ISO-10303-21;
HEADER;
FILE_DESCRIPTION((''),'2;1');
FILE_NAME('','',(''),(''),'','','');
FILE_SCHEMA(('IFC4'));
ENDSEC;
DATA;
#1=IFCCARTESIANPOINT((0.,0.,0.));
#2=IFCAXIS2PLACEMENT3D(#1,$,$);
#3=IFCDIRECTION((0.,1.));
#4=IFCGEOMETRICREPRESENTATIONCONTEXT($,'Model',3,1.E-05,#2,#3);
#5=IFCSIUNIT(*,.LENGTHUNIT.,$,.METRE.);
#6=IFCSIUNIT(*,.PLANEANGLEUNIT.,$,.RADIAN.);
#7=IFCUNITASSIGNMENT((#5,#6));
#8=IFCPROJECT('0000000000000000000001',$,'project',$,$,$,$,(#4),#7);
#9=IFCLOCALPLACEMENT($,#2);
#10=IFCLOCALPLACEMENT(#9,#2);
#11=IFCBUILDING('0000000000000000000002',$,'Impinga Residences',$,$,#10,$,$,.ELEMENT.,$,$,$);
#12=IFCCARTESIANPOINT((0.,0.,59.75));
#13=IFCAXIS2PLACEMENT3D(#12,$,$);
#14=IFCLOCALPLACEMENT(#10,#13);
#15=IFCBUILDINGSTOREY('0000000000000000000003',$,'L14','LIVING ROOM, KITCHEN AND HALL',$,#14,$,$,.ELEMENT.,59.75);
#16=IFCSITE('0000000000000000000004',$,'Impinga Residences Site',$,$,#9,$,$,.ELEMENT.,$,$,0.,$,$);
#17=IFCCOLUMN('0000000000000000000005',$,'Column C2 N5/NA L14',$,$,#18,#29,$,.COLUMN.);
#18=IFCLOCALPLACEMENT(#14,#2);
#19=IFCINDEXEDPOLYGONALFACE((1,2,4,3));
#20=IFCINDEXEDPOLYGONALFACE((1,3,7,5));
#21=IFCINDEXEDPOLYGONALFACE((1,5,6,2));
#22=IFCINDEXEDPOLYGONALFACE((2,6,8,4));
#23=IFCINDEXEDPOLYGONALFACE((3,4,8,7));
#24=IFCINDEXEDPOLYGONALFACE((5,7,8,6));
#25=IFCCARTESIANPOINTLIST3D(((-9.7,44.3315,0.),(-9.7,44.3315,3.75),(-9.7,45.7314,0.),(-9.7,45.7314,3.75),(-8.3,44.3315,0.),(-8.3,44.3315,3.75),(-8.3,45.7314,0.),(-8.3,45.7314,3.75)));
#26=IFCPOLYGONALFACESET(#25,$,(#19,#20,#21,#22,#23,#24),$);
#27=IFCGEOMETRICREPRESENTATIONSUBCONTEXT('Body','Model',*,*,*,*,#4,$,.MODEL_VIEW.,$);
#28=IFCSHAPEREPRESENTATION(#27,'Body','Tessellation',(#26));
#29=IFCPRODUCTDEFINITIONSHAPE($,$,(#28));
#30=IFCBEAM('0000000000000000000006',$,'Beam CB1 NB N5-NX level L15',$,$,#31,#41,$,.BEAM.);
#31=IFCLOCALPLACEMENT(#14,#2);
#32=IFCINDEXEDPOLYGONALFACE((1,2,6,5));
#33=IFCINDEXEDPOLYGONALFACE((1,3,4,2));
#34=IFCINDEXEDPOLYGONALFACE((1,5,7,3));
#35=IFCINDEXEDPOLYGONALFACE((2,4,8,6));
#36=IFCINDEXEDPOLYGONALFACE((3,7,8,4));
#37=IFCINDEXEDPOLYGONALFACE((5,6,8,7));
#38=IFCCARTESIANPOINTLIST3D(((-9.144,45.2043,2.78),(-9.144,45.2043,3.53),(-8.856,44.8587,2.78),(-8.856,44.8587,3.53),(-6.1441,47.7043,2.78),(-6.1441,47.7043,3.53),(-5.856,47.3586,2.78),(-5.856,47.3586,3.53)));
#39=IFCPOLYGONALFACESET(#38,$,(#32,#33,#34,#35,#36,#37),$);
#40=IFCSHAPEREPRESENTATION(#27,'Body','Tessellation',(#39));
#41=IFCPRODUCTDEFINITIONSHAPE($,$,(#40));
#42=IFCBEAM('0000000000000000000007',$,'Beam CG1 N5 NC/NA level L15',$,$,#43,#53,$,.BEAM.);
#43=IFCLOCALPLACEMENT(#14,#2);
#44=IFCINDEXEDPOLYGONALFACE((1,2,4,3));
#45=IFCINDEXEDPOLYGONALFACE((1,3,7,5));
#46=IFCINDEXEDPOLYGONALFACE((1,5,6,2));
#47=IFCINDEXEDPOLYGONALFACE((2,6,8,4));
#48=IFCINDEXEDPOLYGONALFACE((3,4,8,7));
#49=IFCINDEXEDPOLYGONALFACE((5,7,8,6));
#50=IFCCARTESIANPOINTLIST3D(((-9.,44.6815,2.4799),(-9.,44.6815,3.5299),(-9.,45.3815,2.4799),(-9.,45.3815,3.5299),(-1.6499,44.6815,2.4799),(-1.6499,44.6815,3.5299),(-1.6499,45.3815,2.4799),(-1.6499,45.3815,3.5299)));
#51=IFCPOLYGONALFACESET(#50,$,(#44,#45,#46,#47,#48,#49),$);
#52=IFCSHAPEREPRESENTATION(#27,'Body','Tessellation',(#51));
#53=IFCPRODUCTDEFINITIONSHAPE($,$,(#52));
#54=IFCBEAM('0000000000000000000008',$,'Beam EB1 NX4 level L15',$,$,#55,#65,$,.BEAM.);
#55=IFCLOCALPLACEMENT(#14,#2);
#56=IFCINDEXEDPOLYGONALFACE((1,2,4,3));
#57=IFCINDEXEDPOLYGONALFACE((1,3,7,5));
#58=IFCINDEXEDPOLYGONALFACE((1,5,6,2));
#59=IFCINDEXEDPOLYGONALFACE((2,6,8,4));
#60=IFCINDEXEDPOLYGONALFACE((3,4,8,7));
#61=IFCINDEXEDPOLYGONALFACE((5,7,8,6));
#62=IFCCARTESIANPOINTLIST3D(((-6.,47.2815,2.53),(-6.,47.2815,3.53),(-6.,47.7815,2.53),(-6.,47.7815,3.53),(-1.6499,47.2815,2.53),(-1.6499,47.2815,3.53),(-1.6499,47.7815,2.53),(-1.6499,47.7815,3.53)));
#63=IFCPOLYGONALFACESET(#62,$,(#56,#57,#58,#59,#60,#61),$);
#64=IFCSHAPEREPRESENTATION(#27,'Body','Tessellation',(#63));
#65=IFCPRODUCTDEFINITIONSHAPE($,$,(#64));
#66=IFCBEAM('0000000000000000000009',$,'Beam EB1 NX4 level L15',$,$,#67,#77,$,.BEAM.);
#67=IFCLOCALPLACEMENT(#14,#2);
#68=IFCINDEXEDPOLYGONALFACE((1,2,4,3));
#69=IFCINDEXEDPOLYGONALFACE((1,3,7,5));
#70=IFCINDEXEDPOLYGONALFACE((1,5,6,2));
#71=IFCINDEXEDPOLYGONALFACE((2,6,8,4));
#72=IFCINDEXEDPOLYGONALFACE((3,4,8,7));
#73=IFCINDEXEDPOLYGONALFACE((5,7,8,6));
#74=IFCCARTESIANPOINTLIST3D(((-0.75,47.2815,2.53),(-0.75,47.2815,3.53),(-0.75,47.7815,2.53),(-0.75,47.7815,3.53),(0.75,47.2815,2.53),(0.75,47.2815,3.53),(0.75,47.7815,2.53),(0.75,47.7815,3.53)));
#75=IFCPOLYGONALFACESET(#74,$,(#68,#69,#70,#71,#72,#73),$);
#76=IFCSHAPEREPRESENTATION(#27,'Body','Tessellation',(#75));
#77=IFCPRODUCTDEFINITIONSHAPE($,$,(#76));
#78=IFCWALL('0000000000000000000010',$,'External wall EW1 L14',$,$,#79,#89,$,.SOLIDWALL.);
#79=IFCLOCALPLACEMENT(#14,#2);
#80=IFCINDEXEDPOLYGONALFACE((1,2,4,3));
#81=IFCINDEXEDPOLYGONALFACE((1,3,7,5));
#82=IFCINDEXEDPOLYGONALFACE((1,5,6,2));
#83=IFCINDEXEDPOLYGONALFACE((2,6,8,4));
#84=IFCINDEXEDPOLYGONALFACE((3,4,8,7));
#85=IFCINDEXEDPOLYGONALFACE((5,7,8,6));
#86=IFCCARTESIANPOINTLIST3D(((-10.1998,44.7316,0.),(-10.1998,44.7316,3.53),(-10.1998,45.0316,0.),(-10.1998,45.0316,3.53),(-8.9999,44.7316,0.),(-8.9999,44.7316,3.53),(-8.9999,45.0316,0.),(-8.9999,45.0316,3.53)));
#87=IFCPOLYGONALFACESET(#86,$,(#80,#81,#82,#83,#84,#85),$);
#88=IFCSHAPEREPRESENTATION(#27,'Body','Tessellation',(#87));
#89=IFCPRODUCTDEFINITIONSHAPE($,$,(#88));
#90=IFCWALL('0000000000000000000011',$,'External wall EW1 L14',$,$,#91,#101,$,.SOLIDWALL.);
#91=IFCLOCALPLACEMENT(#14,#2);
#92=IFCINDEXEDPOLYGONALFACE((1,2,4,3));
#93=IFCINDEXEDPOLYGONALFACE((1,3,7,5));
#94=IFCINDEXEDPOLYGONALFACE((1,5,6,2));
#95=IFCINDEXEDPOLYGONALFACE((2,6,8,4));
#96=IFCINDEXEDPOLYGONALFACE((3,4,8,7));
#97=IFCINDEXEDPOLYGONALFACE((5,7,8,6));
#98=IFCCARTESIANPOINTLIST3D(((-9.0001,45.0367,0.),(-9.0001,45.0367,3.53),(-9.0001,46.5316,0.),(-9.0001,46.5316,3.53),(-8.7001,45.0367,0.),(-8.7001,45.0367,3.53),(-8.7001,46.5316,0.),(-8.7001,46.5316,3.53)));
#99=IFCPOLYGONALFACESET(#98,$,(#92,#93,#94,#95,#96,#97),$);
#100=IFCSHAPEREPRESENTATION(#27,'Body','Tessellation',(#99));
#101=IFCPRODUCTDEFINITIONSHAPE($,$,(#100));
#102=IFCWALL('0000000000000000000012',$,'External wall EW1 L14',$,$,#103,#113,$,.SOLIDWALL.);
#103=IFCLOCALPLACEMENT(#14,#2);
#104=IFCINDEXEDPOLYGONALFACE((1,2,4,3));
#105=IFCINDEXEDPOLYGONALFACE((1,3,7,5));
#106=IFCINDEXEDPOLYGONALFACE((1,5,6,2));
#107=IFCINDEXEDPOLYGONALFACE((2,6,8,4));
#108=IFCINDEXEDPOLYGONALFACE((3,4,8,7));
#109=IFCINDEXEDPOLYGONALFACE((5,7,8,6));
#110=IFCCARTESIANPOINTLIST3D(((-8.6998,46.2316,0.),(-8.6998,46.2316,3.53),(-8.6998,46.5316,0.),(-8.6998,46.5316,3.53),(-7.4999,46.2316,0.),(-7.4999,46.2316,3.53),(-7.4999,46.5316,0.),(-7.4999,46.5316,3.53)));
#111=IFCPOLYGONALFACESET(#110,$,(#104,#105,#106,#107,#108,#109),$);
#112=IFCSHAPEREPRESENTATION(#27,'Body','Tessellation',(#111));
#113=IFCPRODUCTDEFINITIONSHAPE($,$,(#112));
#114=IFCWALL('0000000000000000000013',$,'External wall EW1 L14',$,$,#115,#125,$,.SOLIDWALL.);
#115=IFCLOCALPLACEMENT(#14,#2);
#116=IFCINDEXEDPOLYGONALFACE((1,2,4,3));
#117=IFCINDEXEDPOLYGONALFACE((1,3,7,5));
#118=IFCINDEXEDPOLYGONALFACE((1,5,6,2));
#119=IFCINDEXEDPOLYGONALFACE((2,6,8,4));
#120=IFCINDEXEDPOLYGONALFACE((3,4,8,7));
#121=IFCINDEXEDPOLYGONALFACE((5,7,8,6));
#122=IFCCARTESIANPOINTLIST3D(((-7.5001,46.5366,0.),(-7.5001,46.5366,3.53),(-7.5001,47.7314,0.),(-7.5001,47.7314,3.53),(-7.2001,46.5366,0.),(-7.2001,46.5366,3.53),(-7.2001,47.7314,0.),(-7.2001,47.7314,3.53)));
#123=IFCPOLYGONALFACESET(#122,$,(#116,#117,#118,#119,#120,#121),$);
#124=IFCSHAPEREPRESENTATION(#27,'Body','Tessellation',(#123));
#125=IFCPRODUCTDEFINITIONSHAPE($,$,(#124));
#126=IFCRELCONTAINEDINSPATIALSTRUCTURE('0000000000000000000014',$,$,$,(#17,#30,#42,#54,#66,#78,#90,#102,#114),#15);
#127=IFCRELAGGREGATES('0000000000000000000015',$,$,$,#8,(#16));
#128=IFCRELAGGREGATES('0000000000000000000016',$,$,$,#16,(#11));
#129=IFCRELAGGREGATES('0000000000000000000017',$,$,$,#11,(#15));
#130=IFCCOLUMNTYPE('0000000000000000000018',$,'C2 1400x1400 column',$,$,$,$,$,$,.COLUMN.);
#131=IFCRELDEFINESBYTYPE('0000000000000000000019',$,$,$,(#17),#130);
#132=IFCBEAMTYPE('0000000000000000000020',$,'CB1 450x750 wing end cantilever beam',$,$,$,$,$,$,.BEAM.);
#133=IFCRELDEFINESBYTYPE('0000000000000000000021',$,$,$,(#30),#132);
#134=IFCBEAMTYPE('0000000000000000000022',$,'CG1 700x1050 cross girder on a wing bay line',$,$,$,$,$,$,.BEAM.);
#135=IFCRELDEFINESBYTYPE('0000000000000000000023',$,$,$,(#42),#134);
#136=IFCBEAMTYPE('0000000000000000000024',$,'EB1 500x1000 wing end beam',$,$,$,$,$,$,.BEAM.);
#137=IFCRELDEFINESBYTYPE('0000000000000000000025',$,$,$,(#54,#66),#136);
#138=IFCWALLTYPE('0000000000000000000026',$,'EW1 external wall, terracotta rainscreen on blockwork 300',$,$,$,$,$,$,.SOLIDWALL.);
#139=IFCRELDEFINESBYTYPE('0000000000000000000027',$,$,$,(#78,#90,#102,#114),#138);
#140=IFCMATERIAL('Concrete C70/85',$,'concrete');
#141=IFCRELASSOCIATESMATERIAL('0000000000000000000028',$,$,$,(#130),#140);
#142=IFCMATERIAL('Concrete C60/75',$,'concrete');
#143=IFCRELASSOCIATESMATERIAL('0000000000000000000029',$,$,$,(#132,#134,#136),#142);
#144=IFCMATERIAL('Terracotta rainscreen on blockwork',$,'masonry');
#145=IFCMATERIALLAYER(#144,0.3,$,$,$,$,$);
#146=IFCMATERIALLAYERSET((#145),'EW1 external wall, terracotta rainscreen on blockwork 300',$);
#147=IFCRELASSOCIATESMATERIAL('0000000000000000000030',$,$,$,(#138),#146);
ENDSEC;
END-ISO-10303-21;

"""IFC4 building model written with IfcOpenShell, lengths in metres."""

from ifc_helpers import new_model, si_unit, direction, frame, frame_2d, origin, origin_2d, place, context, subcontext, project, spatial, rectangle, extrude, material, layer, layer_set, material_profile, profile_set, type_object, element, save


model = new_model("IFC4")

# Units and contexts
model_context = context("Model", 3, precision=1e-05, world=origin(), true_north=direction((0.0, 1.0)))
body_context = subcontext(model_context, "Body", "Model", "MODEL_VIEW")
ifc_project = project(units=[si_unit("LENGTHUNIT", "METRE"), si_unit("PLANEANGLEUNIT", "RADIAN")], contexts=[model_context])

# Site, building, storey
site_placement = place(None, origin())
site = spatial("IfcSite", under=ifc_project, at=site_placement, Name="Impinga Residences Site", CompositionType="ELEMENT", RefElevation=0.0)
building_placement = place(site_placement, origin())
building = spatial("IfcBuilding", under=site, at=building_placement, Name="Impinga Residences", CompositionType="ELEMENT")
storey_placement = place(building_placement, frame((0.0, 0.0, 59.75)))
storey = spatial("IfcBuildingStorey", under=building, at=storey_placement, Name="L14", Description="LIVING ROOM, KITCHEN AND HALL", CompositionType="ELEMENT", Elevation=59.75)

# Column
ifc_material_1 = material(Name="Concrete C70/85", Category="concrete")
ifc_material_profile_1 = material_profile(ifc_material_1, rectangle(XDim=1.3999, YDim=1.3999, at=origin_2d()), Name="RC 1400x1400")
ifc_profile_set_1 = profile_set([ifc_material_profile_1], Name="Concrete C70/85")
column_type = type_object("IfcColumnType", Name="C2 1400x1400 column", PredefinedType="COLUMN", material=ifc_profile_set_1)
column_placement = place(storey_placement, frame((-9.0, 45.0315, 0.0), z_axis=(0.0, 0.0, 1.0), x_axis=(1.0, 0.0, 0.0)))
element("IfcColumn", 1, at=column_placement, inside=storey, type_object=column_type, Name="Column C2 N5/NA L14", PredefinedType="COLUMN", context=body_context, shape_type="SweptSolid", body=[
    extrude(rectangle(XDim=1.3999, YDim=1.3999, at=origin_2d()), origin(), (0.0, 0.0, 1.0), 3.75),
])

# Beams
ifc_material_2 = material(Name="Concrete C60/75", Category="concrete")
ifc_material_profile_2 = material_profile(ifc_material_2, rectangle(XDim=0.45, YDim=0.75, at=origin_2d()), Name="RC 450x750")
ifc_profile_set_2 = profile_set([ifc_material_profile_2], Name="Concrete C60/75")
beam_type_1 = type_object("IfcBeamType", Name="CB1 450x750 wing end cantilever beam", PredefinedType="BEAM", material=ifc_profile_set_2)
beam_1_placement = place(storey_placement, frame((-9.0, 45.0315, 3.155), z_axis=(0.768221, 0.640184, 0.0), x_axis=(-0.640184, 0.768221, 0.0)))
element("IfcBeam", 2, at=beam_1_placement, inside=storey, type_object=beam_type_1, Name="Beam CB1 NB N5-NX level L15", PredefinedType="BEAM", context=body_context, shape_type="SweptSolid", body=[
    extrude(rectangle(XDim=0.45, YDim=0.75, at=origin_2d()), origin(), (0.0, 0.0, 1.0), 3.905),
])
ifc_material_profile_3 = material_profile(ifc_material_2, rectangle(XDim=0.7, YDim=1.05, at=origin_2d()), Name="RC 700x1050")
ifc_profile_set_3 = profile_set([ifc_material_profile_3], Name="Concrete C60/75")
beam_type_2 = type_object("IfcBeamType", Name="CG1 700x1050 cross girder on a wing bay line", PredefinedType="BEAM", material=ifc_profile_set_3)
beam_2_placement = place(storey_placement, frame((-1.6499, 45.0315, 3.0049), z_axis=(-1.0, 0.0, 0.0), x_axis=(0.0, -1.0, 0.0)))
element("IfcBeam", 3, at=beam_2_placement, inside=storey, type_object=beam_type_2, Name="Beam CG1 N5 NC/NA level L15", PredefinedType="BEAM", context=body_context, shape_type="SweptSolid", body=[
    extrude(rectangle(XDim=0.7, YDim=1.05, at=origin_2d()), origin(), (0.0, 0.0, 1.0), 7.3501),
])
ifc_material_profile_4 = material_profile(ifc_material_2, rectangle(XDim=0.5, YDim=1.0, at=origin_2d()), Name="RC 500x1000")
ifc_profile_set_4 = profile_set([ifc_material_profile_4], Name="Concrete C60/75")
beam_type_3 = type_object("IfcBeamType", Name="EB1 500x1000 wing end beam", PredefinedType="BEAM", material=ifc_profile_set_4)
beam_3_placement = place(storey_placement, frame((-6.0, 47.5315, 3.03), z_axis=(1.0, 0.0, 0.0), x_axis=(0.0, 1.0, 0.0)))
element("IfcBeam", 4, at=beam_3_placement, inside=storey, type_object=beam_type_3, Name="Beam EB1 NX4 level L15", PredefinedType="BEAM", context=body_context, shape_type="SweptSolid", body=[
    extrude(rectangle(XDim=0.5, YDim=1.0, at=origin_2d()), origin(), (0.0, 0.0, 1.0), 4.3501),
])
beam_4_placement = place(storey_placement, frame((-0.75, 47.5315, 3.03), z_axis=(1.0, 0.0, 0.0), x_axis=(0.0, 1.0, 0.0)))
element("IfcBeam", 5, at=beam_4_placement, inside=storey, type_object=beam_type_3, Name="Beam EB1 NX4 level L15", PredefinedType="BEAM", context=body_context, shape_type="SweptSolid", body=[
    extrude(rectangle(XDim=0.5, YDim=1.0, at=origin_2d()), origin(), (0.0, 0.0, 1.0), 1.5),
])

# Walls
ifc_material_3 = material(Name="Terracotta rainscreen on blockwork", Category="masonry")
ifc_layer_1 = layer(ifc_material_3, 0.3)
ifc_layer_set_1 = layer_set([ifc_layer_1], Name="EW1 external wall, terracotta rainscreen on blockwork 300")
wall_type_1 = type_object("IfcWallType", Name="EW1 external wall, terracotta rainscreen on blockwork 300", PredefinedType="SOLIDWALL", material=ifc_layer_set_1)
wall_1_placement = place(storey_placement, frame((-10.2, 44.8816, 0.0), z_axis=(0.0, 0.0, 1.0), x_axis=(1.0, 0.0, 0.0)))
element("IfcWall", 6, at=wall_1_placement, inside=storey, type_object=wall_type_1, Name="External wall EW1 L14", PredefinedType="SOLIDWALL", context=body_context, shape_type="SweptSolid", body=[
    extrude(rectangle(XDim=1.2, YDim=0.3, at=frame_2d((0.6001, 0.0))), origin(), (0.0, 0.0, 1.0), 3.53),
])
wall_2_placement = place(storey_placement, frame((-8.8501, 45.0366, 0.0), z_axis=(0.0, 0.0, 1.0), x_axis=(0.0, 1.0, 0.0)))
element("IfcWall", 7, at=wall_2_placement, inside=storey, type_object=wall_type_1, Name="External wall EW1 L14", PredefinedType="SOLIDWALL", context=body_context, shape_type="SweptSolid", body=[
    extrude(rectangle(XDim=1.4949, YDim=0.3, at=frame_2d((0.7476, 0.0))), origin(), (0.0, 0.0, 1.0), 3.53),
])
wall_3_placement = place(storey_placement, frame((-8.7, 46.3816, 0.0), z_axis=(0.0, 0.0, 1.0), x_axis=(1.0, 0.0, 0.0)))
element("IfcWall", 8, at=wall_3_placement, inside=storey, type_object=wall_type_1, Name="External wall EW1 L14", PredefinedType="SOLIDWALL", context=body_context, shape_type="SweptSolid", body=[
    extrude(rectangle(XDim=1.2, YDim=0.3, at=frame_2d((0.6001, 0.0))), origin(), (0.0, 0.0, 1.0), 3.53),
])
wall_4_placement = place(storey_placement, frame((-7.3501, 46.5366, 0.0), z_axis=(0.0, 0.0, 1.0), x_axis=(0.0, 1.0, 0.0)))
element("IfcWall", 9, at=wall_4_placement, inside=storey, type_object=wall_type_1, Name="External wall EW1 L14", PredefinedType="SOLIDWALL", context=body_context, shape_type="SweptSolid", body=[
    extrude(rectangle(XDim=1.1948, YDim=0.3, at=frame_2d((0.5974, 0.0))), origin(), (0.0, 0.0, 1.0), 3.53),
])

save(model, "model.ifc")
